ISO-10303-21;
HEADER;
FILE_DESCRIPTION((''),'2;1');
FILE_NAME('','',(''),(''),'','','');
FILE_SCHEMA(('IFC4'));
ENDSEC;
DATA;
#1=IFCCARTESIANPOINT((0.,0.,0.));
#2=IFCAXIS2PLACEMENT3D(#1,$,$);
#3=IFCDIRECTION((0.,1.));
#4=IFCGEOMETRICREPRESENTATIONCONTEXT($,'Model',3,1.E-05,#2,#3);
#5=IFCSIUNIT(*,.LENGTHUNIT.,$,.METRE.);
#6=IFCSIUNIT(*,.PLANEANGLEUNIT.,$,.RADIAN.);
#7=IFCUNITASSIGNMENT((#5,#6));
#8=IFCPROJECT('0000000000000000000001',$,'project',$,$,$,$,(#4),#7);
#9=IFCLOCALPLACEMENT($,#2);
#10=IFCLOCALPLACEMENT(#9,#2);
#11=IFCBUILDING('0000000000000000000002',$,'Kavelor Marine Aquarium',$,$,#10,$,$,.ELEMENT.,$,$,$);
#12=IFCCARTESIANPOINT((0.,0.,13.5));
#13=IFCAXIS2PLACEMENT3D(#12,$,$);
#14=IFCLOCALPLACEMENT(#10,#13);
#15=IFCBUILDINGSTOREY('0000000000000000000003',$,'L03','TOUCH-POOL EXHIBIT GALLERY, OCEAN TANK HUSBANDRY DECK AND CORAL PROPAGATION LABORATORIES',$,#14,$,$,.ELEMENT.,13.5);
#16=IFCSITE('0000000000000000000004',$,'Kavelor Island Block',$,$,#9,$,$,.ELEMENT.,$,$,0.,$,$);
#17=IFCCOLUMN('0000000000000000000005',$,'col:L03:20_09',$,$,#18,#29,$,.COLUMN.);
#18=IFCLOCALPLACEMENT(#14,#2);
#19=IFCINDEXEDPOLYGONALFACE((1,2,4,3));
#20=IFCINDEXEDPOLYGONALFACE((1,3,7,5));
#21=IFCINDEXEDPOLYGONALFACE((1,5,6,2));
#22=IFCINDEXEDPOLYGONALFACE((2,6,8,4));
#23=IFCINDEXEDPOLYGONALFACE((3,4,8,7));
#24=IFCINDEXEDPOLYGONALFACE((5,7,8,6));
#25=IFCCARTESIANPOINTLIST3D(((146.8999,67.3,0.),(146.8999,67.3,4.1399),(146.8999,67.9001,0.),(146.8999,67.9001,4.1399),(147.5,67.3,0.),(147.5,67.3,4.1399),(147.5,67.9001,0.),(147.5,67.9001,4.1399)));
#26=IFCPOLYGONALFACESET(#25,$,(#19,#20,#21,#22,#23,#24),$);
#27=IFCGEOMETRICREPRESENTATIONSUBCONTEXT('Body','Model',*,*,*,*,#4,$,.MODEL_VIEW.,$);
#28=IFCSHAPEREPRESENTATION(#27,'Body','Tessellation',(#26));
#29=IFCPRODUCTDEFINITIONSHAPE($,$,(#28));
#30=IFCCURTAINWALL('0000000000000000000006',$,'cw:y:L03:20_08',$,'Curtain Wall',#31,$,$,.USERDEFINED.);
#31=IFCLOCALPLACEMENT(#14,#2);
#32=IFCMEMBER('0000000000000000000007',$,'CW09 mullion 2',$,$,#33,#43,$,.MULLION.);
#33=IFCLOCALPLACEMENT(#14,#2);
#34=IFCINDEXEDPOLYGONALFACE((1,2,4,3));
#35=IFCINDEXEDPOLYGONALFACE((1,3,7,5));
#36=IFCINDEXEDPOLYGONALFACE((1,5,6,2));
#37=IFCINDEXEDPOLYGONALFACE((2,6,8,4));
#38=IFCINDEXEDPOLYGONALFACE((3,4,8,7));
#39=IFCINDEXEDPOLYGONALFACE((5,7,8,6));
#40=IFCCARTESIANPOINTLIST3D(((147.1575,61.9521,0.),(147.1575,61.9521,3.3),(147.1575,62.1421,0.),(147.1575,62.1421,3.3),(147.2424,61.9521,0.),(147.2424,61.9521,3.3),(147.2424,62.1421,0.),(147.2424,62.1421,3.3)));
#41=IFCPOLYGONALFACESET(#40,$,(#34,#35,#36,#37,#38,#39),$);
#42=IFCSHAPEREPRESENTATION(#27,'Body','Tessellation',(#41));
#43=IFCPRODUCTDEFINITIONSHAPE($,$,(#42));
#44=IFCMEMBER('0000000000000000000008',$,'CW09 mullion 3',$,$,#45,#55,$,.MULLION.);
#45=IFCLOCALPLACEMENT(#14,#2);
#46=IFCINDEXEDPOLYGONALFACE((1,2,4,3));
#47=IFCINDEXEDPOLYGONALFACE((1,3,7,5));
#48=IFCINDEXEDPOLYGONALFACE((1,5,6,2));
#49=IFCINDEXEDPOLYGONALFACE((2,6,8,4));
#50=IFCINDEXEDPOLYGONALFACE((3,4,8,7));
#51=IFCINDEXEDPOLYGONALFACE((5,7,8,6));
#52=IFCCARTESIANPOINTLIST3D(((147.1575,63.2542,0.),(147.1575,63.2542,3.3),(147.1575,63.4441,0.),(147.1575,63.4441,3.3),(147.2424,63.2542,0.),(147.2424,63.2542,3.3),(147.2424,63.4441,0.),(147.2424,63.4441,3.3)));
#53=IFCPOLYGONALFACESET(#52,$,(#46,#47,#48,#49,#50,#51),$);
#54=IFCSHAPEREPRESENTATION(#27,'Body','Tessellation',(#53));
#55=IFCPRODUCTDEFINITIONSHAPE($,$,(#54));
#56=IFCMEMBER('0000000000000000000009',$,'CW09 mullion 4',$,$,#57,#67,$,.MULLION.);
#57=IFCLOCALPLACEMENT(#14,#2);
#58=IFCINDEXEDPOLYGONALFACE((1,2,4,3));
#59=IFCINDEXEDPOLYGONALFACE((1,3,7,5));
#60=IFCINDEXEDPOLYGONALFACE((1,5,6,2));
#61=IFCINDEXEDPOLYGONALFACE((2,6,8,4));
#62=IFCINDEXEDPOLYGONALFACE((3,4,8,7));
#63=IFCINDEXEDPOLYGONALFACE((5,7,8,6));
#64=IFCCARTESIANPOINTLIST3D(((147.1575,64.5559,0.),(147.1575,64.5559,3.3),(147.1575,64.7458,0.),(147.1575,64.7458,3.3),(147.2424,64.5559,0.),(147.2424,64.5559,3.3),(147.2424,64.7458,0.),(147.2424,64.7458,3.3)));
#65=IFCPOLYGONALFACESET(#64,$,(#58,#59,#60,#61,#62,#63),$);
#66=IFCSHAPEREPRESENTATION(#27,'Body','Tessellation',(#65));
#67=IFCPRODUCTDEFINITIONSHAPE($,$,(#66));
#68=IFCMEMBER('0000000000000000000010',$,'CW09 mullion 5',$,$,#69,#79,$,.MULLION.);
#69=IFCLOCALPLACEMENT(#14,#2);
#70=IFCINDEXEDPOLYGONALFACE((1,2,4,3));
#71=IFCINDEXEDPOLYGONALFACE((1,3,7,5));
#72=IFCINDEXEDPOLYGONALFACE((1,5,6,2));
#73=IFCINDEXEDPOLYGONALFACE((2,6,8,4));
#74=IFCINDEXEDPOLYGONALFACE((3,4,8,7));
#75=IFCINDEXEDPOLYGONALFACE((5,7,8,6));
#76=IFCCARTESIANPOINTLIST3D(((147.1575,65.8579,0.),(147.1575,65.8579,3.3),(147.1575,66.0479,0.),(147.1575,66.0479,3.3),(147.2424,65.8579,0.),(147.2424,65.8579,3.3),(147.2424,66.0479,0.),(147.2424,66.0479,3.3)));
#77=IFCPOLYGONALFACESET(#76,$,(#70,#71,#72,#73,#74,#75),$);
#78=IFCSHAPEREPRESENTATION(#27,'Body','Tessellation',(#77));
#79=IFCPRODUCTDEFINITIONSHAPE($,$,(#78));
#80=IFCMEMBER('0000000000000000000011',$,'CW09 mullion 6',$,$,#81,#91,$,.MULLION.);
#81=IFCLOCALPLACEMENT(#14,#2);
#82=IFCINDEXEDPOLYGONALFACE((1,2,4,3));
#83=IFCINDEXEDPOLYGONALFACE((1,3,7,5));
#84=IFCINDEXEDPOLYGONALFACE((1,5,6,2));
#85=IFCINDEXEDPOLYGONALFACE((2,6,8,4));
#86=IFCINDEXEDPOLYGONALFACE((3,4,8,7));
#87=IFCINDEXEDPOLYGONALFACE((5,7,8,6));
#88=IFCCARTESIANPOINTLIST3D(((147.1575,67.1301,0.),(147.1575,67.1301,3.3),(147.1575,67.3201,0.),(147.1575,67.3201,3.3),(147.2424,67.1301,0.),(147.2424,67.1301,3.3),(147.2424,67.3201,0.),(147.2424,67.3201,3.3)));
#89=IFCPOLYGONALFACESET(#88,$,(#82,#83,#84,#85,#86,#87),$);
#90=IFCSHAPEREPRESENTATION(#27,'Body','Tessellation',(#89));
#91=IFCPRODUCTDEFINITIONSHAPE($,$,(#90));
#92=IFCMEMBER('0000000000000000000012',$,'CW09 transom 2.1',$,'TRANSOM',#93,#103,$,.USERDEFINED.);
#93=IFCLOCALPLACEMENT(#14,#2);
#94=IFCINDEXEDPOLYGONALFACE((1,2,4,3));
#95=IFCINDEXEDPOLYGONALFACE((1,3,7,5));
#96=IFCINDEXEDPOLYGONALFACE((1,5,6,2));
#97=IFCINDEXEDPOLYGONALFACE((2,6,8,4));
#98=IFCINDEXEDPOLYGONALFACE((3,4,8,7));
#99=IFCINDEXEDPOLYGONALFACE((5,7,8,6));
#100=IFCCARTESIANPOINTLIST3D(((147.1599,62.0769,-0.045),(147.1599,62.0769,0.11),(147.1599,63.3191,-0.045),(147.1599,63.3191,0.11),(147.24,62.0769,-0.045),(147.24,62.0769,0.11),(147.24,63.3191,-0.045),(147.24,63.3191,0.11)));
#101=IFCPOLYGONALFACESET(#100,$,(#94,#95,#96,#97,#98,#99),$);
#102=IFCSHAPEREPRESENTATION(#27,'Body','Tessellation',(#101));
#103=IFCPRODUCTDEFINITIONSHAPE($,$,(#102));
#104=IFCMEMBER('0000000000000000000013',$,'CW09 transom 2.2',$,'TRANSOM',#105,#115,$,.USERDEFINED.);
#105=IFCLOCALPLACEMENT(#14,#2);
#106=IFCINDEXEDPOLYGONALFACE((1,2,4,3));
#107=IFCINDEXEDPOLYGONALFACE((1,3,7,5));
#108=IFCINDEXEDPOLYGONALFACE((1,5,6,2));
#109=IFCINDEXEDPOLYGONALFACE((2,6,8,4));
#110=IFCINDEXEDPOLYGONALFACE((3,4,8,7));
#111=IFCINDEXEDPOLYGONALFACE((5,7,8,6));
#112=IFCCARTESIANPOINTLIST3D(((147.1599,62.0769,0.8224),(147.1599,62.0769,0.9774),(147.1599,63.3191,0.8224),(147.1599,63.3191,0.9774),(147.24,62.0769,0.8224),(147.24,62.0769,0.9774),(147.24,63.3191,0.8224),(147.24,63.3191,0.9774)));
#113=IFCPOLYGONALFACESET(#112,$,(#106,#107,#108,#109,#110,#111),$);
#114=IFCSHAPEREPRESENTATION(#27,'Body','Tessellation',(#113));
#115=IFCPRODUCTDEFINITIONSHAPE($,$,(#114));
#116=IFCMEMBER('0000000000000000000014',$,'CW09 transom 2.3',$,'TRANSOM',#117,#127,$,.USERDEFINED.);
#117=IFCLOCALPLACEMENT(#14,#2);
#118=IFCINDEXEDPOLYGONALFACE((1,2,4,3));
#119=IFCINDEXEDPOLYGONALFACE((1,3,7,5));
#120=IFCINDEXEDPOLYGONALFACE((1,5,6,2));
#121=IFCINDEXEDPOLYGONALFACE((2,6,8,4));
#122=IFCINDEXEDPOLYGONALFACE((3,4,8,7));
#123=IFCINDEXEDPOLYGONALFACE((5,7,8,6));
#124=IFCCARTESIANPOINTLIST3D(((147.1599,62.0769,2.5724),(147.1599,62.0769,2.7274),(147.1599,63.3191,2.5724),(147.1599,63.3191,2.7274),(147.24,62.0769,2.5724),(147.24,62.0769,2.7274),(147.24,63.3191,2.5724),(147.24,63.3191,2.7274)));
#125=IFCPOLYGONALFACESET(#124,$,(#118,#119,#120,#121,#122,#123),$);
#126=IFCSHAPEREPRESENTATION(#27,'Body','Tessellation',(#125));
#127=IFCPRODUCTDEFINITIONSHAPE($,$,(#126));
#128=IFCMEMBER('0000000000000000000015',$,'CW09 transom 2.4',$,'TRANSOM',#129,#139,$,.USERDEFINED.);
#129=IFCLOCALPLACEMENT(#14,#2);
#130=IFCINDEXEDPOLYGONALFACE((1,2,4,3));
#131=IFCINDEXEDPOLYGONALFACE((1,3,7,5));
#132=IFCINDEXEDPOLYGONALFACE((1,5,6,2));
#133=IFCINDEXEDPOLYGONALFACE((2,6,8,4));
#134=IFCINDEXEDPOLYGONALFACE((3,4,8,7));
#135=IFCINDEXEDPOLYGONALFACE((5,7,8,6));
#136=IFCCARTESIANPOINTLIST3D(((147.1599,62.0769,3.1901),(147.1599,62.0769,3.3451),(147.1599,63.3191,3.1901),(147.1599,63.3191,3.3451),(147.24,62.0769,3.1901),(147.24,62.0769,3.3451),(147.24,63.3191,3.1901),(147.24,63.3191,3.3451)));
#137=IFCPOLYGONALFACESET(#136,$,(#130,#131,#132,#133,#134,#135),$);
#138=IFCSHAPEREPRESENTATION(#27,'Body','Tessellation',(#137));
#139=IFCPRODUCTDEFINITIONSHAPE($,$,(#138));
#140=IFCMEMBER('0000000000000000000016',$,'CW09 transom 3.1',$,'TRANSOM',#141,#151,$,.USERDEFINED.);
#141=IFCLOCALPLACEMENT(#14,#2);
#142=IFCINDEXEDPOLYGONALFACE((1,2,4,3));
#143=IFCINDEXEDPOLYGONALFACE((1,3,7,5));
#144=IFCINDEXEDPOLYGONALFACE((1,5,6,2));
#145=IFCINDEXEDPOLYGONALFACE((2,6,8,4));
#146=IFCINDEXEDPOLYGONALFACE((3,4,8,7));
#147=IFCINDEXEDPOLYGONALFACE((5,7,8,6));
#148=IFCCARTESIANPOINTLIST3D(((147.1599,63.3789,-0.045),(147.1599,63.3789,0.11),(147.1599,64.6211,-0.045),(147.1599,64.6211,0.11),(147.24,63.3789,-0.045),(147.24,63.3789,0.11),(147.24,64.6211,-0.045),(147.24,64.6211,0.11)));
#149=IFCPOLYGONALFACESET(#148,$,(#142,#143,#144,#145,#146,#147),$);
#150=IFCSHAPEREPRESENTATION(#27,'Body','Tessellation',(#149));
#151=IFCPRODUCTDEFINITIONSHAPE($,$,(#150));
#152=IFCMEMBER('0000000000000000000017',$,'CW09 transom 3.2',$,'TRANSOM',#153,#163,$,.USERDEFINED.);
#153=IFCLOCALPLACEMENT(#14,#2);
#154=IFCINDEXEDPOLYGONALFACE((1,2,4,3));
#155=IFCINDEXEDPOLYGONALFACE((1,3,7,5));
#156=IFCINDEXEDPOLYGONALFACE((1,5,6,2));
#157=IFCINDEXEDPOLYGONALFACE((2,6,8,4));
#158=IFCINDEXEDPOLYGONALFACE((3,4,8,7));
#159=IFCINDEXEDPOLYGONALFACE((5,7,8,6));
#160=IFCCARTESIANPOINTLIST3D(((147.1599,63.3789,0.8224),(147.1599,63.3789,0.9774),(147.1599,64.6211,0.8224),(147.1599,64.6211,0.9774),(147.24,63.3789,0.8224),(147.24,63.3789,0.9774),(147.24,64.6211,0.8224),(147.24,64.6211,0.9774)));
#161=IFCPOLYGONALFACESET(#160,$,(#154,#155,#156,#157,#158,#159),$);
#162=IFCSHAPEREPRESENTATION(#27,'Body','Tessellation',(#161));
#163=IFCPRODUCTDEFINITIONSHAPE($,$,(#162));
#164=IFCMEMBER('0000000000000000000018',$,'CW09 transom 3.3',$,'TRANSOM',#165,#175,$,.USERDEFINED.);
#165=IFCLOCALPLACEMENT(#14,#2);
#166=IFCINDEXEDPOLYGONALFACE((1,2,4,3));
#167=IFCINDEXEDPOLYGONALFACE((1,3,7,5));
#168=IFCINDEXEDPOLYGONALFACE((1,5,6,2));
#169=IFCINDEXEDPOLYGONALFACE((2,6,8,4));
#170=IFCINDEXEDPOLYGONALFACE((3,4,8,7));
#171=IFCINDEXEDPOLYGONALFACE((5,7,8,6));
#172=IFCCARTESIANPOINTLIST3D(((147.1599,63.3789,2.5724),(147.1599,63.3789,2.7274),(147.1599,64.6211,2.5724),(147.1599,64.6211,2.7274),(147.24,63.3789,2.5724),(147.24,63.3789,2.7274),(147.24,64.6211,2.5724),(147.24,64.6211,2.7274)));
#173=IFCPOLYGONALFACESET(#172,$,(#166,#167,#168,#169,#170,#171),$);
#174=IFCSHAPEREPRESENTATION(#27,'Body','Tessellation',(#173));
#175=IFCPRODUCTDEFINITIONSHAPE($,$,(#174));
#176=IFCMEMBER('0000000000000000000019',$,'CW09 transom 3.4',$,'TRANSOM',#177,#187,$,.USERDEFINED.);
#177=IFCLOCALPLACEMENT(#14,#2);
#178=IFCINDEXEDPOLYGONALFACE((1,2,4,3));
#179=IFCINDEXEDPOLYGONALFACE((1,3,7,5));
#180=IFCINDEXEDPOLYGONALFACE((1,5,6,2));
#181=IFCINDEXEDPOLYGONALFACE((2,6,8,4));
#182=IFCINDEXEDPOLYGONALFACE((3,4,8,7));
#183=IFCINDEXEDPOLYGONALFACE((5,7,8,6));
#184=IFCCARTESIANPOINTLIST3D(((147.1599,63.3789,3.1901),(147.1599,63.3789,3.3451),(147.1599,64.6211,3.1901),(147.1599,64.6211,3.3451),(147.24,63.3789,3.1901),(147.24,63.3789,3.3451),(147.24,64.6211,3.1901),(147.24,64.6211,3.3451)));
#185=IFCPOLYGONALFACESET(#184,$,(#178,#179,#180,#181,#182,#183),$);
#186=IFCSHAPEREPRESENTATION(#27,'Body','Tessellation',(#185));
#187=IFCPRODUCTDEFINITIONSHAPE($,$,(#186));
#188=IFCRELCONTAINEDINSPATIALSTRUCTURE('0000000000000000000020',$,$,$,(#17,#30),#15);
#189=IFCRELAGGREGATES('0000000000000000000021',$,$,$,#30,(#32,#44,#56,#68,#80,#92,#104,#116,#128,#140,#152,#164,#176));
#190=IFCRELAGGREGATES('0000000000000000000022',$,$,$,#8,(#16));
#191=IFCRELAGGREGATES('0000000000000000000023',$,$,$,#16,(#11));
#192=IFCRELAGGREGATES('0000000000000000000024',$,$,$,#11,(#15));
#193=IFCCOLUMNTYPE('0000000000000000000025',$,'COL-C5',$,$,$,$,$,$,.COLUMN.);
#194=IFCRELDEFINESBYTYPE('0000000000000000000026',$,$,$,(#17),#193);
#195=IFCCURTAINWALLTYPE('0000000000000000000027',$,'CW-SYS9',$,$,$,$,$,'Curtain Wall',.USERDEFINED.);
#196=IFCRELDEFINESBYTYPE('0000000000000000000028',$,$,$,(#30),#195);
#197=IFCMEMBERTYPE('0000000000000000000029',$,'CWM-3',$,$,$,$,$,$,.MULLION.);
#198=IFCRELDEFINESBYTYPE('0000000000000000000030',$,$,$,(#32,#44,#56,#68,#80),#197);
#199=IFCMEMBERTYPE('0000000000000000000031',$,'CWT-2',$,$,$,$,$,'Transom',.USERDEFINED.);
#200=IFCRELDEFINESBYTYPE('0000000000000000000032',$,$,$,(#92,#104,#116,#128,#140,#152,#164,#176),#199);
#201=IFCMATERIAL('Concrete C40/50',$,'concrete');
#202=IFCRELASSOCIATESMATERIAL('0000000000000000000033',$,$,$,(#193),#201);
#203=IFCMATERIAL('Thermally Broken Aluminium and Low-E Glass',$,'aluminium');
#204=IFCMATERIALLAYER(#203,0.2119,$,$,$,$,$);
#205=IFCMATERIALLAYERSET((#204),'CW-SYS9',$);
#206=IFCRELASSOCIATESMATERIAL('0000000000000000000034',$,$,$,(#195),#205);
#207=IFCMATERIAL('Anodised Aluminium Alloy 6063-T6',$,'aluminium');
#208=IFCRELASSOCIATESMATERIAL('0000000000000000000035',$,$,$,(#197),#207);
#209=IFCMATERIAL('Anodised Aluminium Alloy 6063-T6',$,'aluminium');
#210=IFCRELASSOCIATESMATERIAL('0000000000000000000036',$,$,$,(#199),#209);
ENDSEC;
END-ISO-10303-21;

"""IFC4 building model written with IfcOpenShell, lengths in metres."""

from ifc_helpers import new_model, si_unit, direction, frame, origin, origin_2d, place, context, subcontext, project, spatial, rectangle, extrude, material, layer, layer_set, material_profile, profile_set, type_object, element, aggregate, save


model = new_model("IFC4")

# Units and contexts
model_context = context("Model", 3, precision=1e-05, world=origin(), true_north=direction((0.0, 1.0)))
body_context = subcontext(model_context, "Body", "Model", "MODEL_VIEW")
ifc_project = project(units=[si_unit("LENGTHUNIT", "METRE"), si_unit("PLANEANGLEUNIT", "RADIAN")], contexts=[model_context])

# Site, building, storey
site_placement = place(None, origin())
site = spatial("IfcSite", under=ifc_project, at=site_placement, Name="Kavelor Island Block", CompositionType="ELEMENT", RefElevation=0.0)
building_placement = place(site_placement, origin())
building = spatial("IfcBuilding", under=site, at=building_placement, Name="Kavelor Marine Aquarium", CompositionType="ELEMENT")
storey_placement = place(building_placement, frame((0.0, 0.0, 13.5)))
storey = spatial("IfcBuildingStorey", under=building, at=storey_placement, Name="L03", Description="TOUCH-POOL EXHIBIT GALLERY, OCEAN TANK HUSBANDRY DECK AND CORAL PROPAGATION LABORATORIES", CompositionType="ELEMENT", Elevation=13.5)

# Column
ifc_material_1 = material(Name="Concrete C40/50", Category="concrete")
ifc_material_profile_1 = material_profile(ifc_material_1, rectangle(XDim=0.6001, YDim=0.6001, at=origin_2d()), Name="RC-COL 600x600")
ifc_profile_set_1 = profile_set([ifc_material_profile_1], Name="Concrete C40/50")
column_type = type_object("IfcColumnType", Name="COL-C5", PredefinedType="COLUMN", material=ifc_profile_set_1)
column_placement = place(storey_placement, frame((147.2, 67.6001, 0.0), z_axis=(0.0, 0.0, 1.0), x_axis=(1.0, 0.0, 0.0)))
element("IfcColumn", 1, at=column_placement, inside=storey, type_object=column_type, Name="col:L03:20_09", PredefinedType="COLUMN", context=body_context, shape_type="SweptSolid", body=[
    extrude(rectangle(XDim=0.6001, YDim=0.6001, at=origin_2d()), origin(), (0.0, 0.0, 1.0), 4.1399),
])

# Curtain wall, members
ifc_material_2 = material(Name="Thermally Broken Aluminium and Low-E Glass", Category="aluminium")
ifc_layer_1 = layer(ifc_material_2, 0.2119)
ifc_layer_set_1 = layer_set([ifc_layer_1], Name="CW-SYS9")
curtain_wall_type = type_object("IfcCurtainWallType", Name="CW-SYS9", ElementType="Curtain Wall", PredefinedType="USERDEFINED", material=ifc_layer_set_1)
curtain_wall_placement = place(storey_placement, origin())
curtain_wall = element("IfcCurtainWall", 2, at=curtain_wall_placement, inside=storey, type_object=curtain_wall_type, Name="cw:y:L03:20_08", ObjectType="Curtain Wall", PredefinedType="USERDEFINED")
ifc_material_3 = material(Name="Anodised Aluminium Alloy 6063-T6", Category="aluminium")
ifc_material_profile_2 = material_profile(ifc_material_3, rectangle(XDim=0.085, YDim=0.1899, at=origin_2d()), Name="CW-MUL 85x190")
ifc_profile_set_2 = profile_set([ifc_material_profile_2], Name="Anodised Aluminium Alloy 6063-T6")
member_type_1 = type_object("IfcMemberType", Name="CWM-3", PredefinedType="MULLION", material=ifc_profile_set_2)
member_1_placement = place(storey_placement, frame((147.2, 62.0471, 0.0), z_axis=(0.0, 0.0, 1.0), x_axis=(-1.0, 0.0, 0.0)))
member_1 = element("IfcMember", 3, at=member_1_placement, type_object=member_type_1, Name="CW09 mullion 2", PredefinedType="MULLION", context=body_context, shape_type="SweptSolid", body=[
    extrude(rectangle(XDim=0.085, YDim=0.1899, at=origin_2d()), origin(), (0.0, 0.0, 1.0), 3.3),
])
member_2_placement = place(storey_placement, frame((147.2, 63.3491, 0.0), z_axis=(0.0, 0.0, 1.0), x_axis=(-1.0, 0.0, 0.0)))
member_2 = element("IfcMember", 4, at=member_2_placement, type_object=member_type_1, Name="CW09 mullion 3", PredefinedType="MULLION", context=body_context, shape_type="SweptSolid", body=[
    extrude(rectangle(XDim=0.085, YDim=0.1899, at=origin_2d()), origin(), (0.0, 0.0, 1.0), 3.3),
])
member_3_placement = place(storey_placement, frame((147.2, 64.6509, 0.0), z_axis=(0.0, 0.0, 1.0), x_axis=(-1.0, 0.0, 0.0)))
member_3 = element("IfcMember", 5, at=member_3_placement, type_object=member_type_1, Name="CW09 mullion 4", PredefinedType="MULLION", context=body_context, shape_type="SweptSolid", body=[
    extrude(rectangle(XDim=0.085, YDim=0.1899, at=origin_2d()), origin(), (0.0, 0.0, 1.0), 3.3),
])
member_4_placement = place(storey_placement, frame((147.2, 65.9529, 0.0), z_axis=(0.0, 0.0, 1.0), x_axis=(-1.0, 0.0, 0.0)))
member_4 = element("IfcMember", 6, at=member_4_placement, type_object=member_type_1, Name="CW09 mullion 5", PredefinedType="MULLION", context=body_context, shape_type="SweptSolid", body=[
    extrude(rectangle(XDim=0.085, YDim=0.1899, at=origin_2d()), origin(), (0.0, 0.0, 1.0), 3.3),
])
member_5_placement = place(storey_placement, frame((147.2, 67.2251, 0.0), z_axis=(0.0, 0.0, 1.0), x_axis=(-1.0, 0.0, 0.0)))
member_5 = element("IfcMember", 7, at=member_5_placement, type_object=member_type_1, Name="CW09 mullion 6", PredefinedType="MULLION", context=body_context, shape_type="SweptSolid", body=[
    extrude(rectangle(XDim=0.085, YDim=0.1899, at=origin_2d()), origin(), (0.0, 0.0, 1.0), 3.3),
])
ifc_material_4 = material(Name="Anodised Aluminium Alloy 6063-T6", Category="aluminium")
ifc_material_profile_3 = material_profile(ifc_material_4, rectangle(XDim=0.0801, YDim=0.155, at=origin_2d()), Name="CW-TRN 80x155")
ifc_profile_set_3 = profile_set([ifc_material_profile_3], Name="Anodised Aluminium Alloy 6063-T6")
member_type_2 = type_object("IfcMemberType", Name="CWT-2", ElementType="Transom", PredefinedType="USERDEFINED", material=ifc_profile_set_3)
member_6_placement = place(storey_placement, frame((147.2, 62.0769, 0.0325), z_axis=(0.0, 1.0, 0.0), x_axis=(-1.0, 0.0, 0.0)))
member_6 = element("IfcMember", 8, at=member_6_placement, type_object=member_type_2, Name="CW09 transom 2.1", ObjectType="TRANSOM", PredefinedType="USERDEFINED", context=body_context, shape_type="SweptSolid", body=[
    extrude(rectangle(XDim=0.0801, YDim=0.155, at=origin_2d()), origin(), (0.0, 0.0, 1.0), 1.2422),
])
member_7_placement = place(storey_placement, frame((147.2, 62.0769, 0.8999), z_axis=(0.0, 1.0, 0.0), x_axis=(-1.0, 0.0, 0.0)))
member_7 = element("IfcMember", 9, at=member_7_placement, type_object=member_type_2, Name="CW09 transom 2.2", ObjectType="TRANSOM", PredefinedType="USERDEFINED", context=body_context, shape_type="SweptSolid", body=[
    extrude(rectangle(XDim=0.0801, YDim=0.155, at=origin_2d()), origin(), (0.0, 0.0, 1.0), 1.2422),
])
member_8_placement = place(storey_placement, frame((147.2, 62.0769, 2.6499), z_axis=(0.0, 1.0, 0.0), x_axis=(-1.0, 0.0, 0.0)))
member_8 = element("IfcMember", 10, at=member_8_placement, type_object=member_type_2, Name="CW09 transom 2.3", ObjectType="TRANSOM", PredefinedType="USERDEFINED", context=body_context, shape_type="SweptSolid", body=[
    extrude(rectangle(XDim=0.0801, YDim=0.155, at=origin_2d()), origin(), (0.0, 0.0, 1.0), 1.2422),
])
member_9_placement = place(storey_placement, frame((147.2, 62.0769, 3.2676), z_axis=(0.0, 1.0, 0.0), x_axis=(-1.0, 0.0, 0.0)))
member_9 = element("IfcMember", 11, at=member_9_placement, type_object=member_type_2, Name="CW09 transom 2.4", ObjectType="TRANSOM", PredefinedType="USERDEFINED", context=body_context, shape_type="SweptSolid", body=[
    extrude(rectangle(XDim=0.0801, YDim=0.155, at=origin_2d()), origin(), (0.0, 0.0, 1.0), 1.2422),
])
member_10_placement = place(storey_placement, frame((147.2, 63.3789, 0.0325), z_axis=(0.0, 1.0, 0.0), x_axis=(-1.0, 0.0, 0.0)))
member_10 = element("IfcMember", 12, at=member_10_placement, type_object=member_type_2, Name="CW09 transom 3.1", ObjectType="TRANSOM", PredefinedType="USERDEFINED", context=body_context, shape_type="SweptSolid", body=[
    extrude(rectangle(XDim=0.0801, YDim=0.155, at=origin_2d()), origin(), (0.0, 0.0, 1.0), 1.2422),
])
member_11_placement = place(storey_placement, frame((147.2, 63.3789, 0.8999), z_axis=(0.0, 1.0, 0.0), x_axis=(-1.0, 0.0, 0.0)))
member_11 = element("IfcMember", 13, at=member_11_placement, type_object=member_type_2, Name="CW09 transom 3.2", ObjectType="TRANSOM", PredefinedType="USERDEFINED", context=body_context, shape_type="SweptSolid", body=[
    extrude(rectangle(XDim=0.0801, YDim=0.155, at=origin_2d()), origin(), (0.0, 0.0, 1.0), 1.2422),
])
member_12_placement = place(storey_placement, frame((147.2, 63.3789, 2.6499), z_axis=(0.0, 1.0, 0.0), x_axis=(-1.0, 0.0, 0.0)))
member_12 = element("IfcMember", 14, at=member_12_placement, type_object=member_type_2, Name="CW09 transom 3.3", ObjectType="TRANSOM", PredefinedType="USERDEFINED", context=body_context, shape_type="SweptSolid", body=[
    extrude(rectangle(XDim=0.0801, YDim=0.155, at=origin_2d()), origin(), (0.0, 0.0, 1.0), 1.2422),
])
member_13_placement = place(storey_placement, frame((147.2, 63.3789, 3.2676), z_axis=(0.0, 1.0, 0.0), x_axis=(-1.0, 0.0, 0.0)))
member_13 = element("IfcMember", 15, at=member_13_placement, type_object=member_type_2, Name="CW09 transom 3.4", ObjectType="TRANSOM", PredefinedType="USERDEFINED", context=body_context, shape_type="SweptSolid", body=[
    extrude(rectangle(XDim=0.0801, YDim=0.155, at=origin_2d()), origin(), (0.0, 0.0, 1.0), 1.2422),
])
aggregate(curtain_wall, [member_1, member_2, member_3, member_4, member_5, member_6, member_7, member_8, member_9, member_10, member_11, member_12, member_13])

save(model, "model.ifc")
